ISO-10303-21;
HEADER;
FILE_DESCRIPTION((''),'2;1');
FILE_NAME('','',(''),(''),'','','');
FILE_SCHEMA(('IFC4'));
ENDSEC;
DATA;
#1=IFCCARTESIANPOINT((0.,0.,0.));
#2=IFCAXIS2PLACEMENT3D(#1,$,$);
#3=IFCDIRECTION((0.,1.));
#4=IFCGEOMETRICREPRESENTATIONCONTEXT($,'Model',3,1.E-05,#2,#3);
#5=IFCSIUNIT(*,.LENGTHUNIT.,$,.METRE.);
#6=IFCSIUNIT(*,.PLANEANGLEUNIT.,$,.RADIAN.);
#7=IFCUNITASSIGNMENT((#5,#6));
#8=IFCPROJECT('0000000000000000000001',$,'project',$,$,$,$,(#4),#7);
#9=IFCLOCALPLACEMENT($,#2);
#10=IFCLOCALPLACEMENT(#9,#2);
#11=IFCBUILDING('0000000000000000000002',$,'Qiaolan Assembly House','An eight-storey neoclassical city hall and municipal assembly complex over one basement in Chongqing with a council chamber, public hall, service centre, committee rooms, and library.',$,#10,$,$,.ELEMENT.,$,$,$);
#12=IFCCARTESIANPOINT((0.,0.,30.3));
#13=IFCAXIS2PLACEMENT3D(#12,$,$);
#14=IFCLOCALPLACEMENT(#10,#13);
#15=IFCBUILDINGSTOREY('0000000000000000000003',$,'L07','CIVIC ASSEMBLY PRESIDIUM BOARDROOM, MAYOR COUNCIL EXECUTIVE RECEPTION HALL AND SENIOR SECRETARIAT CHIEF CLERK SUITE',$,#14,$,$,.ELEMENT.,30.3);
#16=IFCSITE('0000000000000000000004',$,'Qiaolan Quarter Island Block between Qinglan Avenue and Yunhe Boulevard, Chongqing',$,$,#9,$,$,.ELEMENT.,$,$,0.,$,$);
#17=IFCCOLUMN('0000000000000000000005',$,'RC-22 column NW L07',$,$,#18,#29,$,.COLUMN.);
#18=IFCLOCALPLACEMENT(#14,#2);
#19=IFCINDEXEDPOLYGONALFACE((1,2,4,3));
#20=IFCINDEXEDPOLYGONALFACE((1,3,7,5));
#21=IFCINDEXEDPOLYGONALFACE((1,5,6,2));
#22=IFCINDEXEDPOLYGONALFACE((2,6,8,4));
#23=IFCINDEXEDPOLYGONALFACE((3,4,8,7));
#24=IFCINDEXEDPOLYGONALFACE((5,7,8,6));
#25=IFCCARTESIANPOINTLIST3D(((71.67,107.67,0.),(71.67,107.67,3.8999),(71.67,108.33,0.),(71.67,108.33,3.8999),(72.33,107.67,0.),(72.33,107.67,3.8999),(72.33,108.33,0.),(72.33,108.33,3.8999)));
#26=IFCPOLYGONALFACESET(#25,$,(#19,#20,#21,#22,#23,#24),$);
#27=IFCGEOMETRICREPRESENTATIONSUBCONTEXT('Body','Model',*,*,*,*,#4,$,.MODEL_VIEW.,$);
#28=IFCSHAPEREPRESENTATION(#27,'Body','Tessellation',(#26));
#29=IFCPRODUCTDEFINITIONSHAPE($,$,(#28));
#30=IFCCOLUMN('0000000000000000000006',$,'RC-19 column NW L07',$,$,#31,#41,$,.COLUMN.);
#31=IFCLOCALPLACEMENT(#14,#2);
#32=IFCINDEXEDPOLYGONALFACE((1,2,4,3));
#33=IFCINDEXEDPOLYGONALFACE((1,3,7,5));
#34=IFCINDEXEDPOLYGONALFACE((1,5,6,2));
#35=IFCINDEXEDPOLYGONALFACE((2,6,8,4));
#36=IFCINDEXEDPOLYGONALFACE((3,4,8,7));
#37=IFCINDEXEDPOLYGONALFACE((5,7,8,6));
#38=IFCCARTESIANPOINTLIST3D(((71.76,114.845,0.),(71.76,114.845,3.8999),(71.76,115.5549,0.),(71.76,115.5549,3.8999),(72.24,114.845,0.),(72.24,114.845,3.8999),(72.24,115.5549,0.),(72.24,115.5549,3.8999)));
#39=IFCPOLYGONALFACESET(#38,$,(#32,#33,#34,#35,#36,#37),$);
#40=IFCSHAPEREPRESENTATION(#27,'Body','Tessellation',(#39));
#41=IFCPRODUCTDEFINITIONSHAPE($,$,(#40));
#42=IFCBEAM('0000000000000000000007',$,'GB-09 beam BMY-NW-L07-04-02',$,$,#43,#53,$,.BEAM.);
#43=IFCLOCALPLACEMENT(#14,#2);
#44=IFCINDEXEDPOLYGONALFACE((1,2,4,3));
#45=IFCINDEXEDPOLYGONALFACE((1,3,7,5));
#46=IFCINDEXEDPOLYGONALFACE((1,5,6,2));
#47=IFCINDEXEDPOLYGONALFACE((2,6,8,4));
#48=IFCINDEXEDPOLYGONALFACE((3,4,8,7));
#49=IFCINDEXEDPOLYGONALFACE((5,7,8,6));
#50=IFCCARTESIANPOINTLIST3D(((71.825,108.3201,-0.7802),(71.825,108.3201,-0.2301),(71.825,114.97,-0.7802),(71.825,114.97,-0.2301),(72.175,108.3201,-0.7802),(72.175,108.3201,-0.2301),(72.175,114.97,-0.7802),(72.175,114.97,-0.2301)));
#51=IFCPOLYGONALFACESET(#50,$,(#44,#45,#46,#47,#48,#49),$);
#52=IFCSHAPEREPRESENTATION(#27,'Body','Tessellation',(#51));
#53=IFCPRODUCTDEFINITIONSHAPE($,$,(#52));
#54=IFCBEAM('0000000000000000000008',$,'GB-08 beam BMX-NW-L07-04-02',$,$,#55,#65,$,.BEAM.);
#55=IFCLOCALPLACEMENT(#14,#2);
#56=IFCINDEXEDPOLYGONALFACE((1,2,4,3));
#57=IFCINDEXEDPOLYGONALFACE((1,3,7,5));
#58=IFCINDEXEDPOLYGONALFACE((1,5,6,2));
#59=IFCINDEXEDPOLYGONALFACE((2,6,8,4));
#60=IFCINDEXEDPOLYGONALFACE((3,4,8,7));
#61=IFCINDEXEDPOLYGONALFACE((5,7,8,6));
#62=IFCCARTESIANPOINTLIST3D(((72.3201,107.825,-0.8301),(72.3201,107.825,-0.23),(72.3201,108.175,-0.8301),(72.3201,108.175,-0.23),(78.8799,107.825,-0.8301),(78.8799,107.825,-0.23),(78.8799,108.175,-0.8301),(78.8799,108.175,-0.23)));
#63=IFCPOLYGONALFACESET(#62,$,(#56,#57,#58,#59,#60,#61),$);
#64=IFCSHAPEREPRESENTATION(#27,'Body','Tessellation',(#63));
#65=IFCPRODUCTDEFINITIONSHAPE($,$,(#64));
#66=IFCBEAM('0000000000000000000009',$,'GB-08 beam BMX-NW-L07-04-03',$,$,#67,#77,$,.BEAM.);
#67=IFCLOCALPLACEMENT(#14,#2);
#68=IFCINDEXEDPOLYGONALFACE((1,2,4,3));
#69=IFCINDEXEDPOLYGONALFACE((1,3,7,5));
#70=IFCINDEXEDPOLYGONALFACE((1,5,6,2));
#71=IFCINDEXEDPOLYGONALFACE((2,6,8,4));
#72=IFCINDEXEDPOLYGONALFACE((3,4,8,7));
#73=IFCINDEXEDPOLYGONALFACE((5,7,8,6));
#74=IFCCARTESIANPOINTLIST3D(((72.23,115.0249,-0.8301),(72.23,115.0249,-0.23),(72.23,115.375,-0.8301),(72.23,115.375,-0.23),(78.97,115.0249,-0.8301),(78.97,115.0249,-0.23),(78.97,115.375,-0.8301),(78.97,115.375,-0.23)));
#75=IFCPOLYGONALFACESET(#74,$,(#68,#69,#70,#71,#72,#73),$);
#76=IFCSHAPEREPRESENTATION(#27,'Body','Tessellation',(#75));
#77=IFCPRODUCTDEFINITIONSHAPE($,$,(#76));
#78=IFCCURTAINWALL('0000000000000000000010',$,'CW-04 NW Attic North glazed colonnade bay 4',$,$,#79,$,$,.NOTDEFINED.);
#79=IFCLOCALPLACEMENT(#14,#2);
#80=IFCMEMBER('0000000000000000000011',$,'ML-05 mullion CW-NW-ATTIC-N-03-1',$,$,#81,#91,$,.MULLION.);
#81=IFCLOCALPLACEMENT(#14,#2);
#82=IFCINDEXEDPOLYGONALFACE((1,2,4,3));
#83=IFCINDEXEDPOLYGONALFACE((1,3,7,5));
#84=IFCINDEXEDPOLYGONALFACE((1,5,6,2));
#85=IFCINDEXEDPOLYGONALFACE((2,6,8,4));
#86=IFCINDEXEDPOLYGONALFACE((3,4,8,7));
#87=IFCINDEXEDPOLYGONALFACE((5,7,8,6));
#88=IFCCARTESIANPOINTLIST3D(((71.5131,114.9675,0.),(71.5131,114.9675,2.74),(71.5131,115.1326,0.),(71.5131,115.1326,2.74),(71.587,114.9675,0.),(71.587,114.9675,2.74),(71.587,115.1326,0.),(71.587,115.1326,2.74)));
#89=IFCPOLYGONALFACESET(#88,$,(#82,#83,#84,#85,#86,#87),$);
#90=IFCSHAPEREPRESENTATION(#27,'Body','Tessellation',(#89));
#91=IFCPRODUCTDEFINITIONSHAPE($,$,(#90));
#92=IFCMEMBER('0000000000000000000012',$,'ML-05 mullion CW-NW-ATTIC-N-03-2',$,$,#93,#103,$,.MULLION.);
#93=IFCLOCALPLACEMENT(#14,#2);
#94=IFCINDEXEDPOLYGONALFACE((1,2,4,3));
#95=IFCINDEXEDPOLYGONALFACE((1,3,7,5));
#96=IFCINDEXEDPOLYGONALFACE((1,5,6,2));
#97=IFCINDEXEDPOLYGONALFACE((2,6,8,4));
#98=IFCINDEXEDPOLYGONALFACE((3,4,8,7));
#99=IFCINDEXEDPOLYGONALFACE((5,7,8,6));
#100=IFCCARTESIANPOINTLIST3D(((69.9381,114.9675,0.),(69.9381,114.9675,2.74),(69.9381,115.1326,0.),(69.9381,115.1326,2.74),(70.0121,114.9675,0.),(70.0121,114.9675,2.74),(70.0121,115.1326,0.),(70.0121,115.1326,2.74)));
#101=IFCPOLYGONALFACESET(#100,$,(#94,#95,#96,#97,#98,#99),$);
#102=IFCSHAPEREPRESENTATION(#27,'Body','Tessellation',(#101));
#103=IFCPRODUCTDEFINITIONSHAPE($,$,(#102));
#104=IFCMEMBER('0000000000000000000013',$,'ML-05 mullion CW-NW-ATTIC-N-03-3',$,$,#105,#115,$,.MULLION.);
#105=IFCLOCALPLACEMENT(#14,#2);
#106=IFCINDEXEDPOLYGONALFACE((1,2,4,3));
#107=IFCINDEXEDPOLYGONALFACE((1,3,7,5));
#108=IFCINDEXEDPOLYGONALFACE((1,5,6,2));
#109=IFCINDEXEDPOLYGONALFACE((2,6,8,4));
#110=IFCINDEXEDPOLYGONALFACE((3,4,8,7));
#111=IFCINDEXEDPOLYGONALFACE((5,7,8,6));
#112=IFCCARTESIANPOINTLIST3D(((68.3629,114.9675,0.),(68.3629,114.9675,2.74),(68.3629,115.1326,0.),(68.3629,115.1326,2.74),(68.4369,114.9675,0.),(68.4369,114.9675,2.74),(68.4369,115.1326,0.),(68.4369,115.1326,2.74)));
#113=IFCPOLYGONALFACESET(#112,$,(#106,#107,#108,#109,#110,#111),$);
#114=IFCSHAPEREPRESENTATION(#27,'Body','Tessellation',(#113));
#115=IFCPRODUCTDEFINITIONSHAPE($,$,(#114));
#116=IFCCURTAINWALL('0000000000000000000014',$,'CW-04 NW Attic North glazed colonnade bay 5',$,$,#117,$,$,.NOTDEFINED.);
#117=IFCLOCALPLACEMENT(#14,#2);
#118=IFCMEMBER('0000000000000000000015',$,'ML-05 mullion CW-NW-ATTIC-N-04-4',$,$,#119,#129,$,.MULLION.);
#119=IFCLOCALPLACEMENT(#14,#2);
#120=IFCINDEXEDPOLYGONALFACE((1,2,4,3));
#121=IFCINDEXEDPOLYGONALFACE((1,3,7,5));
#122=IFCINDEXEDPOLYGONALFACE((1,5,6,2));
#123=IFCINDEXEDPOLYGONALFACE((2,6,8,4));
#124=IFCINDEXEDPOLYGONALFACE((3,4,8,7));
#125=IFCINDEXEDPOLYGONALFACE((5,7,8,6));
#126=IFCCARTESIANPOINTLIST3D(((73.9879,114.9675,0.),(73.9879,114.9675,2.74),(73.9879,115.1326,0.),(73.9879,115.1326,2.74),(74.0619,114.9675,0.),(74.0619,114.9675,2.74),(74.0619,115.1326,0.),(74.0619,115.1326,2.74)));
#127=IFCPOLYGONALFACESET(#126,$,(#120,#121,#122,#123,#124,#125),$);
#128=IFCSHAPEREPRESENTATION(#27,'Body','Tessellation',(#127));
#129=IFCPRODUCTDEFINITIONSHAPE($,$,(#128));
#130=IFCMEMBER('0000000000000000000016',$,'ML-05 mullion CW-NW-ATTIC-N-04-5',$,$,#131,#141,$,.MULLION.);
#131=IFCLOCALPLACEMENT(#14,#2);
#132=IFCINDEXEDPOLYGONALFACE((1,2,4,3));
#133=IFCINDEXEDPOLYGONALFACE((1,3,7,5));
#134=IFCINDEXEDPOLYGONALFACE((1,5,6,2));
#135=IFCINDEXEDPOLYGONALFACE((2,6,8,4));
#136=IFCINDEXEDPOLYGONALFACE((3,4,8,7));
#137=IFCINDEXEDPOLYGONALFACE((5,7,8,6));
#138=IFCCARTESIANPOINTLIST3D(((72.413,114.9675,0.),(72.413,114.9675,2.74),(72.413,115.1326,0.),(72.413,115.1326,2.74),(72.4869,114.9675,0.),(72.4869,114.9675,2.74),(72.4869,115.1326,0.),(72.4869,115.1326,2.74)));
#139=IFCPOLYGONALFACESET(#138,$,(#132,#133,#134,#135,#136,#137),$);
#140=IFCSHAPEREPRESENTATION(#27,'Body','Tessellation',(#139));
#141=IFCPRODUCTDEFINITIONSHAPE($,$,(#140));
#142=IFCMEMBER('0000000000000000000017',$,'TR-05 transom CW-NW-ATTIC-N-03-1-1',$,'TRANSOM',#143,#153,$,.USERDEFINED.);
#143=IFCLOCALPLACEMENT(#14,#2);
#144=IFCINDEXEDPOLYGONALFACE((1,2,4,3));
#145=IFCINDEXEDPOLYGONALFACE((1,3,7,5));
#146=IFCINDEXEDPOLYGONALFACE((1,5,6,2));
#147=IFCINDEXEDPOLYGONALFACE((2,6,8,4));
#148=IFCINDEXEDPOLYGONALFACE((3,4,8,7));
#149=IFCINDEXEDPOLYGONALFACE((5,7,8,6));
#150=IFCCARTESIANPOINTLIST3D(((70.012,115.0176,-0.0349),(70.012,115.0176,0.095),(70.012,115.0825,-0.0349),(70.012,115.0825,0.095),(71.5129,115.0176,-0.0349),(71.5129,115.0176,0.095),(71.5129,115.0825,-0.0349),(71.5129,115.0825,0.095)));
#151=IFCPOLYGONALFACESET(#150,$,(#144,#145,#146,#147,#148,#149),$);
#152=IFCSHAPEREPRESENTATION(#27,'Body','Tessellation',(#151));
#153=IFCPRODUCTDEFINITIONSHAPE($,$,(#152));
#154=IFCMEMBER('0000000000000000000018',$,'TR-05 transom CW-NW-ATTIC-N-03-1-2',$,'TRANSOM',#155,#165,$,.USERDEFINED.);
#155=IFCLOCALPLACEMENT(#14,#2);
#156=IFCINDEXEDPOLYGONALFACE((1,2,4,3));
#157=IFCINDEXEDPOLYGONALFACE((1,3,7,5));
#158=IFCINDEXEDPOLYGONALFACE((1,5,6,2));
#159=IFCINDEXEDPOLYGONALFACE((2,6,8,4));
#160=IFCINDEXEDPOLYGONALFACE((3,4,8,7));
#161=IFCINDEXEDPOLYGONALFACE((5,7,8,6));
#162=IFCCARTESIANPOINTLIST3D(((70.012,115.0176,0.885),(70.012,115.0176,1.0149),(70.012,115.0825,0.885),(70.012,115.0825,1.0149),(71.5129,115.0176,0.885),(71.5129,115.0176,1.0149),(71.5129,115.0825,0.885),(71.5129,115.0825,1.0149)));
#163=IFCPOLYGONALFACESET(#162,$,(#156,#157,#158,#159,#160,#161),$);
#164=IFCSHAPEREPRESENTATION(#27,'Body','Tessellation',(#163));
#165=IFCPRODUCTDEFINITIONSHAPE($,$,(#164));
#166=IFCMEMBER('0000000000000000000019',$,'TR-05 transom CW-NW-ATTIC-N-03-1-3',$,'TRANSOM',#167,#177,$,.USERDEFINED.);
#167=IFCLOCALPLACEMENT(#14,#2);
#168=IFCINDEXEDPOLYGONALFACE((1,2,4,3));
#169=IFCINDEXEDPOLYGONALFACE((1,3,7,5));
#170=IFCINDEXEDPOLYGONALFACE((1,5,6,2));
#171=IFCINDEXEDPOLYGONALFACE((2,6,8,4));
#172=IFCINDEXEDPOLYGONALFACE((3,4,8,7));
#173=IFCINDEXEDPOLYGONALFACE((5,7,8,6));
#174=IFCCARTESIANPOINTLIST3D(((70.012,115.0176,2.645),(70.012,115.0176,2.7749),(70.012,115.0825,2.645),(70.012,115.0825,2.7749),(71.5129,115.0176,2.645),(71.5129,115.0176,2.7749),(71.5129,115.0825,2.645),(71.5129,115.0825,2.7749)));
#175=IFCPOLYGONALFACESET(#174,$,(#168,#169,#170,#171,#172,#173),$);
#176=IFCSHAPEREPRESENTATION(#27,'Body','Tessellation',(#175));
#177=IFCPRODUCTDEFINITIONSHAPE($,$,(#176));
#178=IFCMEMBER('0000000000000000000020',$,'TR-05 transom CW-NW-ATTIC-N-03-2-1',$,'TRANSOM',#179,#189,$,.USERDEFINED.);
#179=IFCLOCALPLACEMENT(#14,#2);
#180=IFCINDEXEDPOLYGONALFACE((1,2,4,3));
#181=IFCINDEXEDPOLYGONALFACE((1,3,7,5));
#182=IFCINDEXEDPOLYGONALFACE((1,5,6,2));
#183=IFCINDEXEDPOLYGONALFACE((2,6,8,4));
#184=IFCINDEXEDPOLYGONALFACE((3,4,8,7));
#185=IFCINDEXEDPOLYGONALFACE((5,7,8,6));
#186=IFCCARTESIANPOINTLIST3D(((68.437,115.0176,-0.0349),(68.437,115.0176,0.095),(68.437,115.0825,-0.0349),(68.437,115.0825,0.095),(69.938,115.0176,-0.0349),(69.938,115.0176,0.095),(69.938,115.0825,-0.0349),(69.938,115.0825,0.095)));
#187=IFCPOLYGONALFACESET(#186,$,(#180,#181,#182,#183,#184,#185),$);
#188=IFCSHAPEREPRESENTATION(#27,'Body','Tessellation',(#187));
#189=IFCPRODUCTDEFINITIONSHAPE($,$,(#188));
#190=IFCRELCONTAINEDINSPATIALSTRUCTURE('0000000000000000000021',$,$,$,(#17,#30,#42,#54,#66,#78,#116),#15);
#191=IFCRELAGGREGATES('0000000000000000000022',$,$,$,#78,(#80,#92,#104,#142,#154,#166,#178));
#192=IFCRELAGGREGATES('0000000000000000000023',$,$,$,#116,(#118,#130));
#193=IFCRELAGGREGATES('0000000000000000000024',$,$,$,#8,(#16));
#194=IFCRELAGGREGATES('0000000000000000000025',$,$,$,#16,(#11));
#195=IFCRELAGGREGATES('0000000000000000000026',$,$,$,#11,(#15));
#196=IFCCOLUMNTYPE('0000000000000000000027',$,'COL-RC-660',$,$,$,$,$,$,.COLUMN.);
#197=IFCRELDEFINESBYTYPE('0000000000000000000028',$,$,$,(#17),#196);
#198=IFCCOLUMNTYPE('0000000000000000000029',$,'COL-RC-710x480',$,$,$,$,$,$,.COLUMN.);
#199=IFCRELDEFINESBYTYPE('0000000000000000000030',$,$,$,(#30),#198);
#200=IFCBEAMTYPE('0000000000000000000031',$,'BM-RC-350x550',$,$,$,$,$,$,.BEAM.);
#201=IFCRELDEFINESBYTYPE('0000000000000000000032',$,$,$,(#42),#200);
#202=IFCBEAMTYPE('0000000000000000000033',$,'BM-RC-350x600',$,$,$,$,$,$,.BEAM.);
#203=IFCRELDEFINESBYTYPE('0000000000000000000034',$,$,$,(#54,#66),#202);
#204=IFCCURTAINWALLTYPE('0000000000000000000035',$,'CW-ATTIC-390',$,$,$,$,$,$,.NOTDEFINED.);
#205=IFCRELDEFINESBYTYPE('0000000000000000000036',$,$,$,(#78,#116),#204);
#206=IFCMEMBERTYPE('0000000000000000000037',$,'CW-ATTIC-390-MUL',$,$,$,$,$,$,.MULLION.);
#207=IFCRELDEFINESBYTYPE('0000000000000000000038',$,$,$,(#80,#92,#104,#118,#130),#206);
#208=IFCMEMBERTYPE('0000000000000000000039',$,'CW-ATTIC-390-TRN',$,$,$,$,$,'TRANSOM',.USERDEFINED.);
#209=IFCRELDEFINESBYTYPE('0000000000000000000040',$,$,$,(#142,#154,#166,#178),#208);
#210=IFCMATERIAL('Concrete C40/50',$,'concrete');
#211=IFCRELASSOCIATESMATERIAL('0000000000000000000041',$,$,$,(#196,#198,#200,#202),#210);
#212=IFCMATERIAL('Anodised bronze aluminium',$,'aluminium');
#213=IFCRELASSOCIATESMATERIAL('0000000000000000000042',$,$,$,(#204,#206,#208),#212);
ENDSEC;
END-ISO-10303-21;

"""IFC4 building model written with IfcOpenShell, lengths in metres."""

from ifc_helpers import new_model, si_unit, direction, frame, origin, origin_2d, place, context, subcontext, project, spatial, rectangle, extrude, material, material_profile, profile_set, type_object, element, aggregate, save


model = new_model("IFC4")

# Units and contexts
model_context = context("Model", 3, precision=1e-05, world=origin(), true_north=direction((0.0, 1.0)))
body_context = subcontext(model_context, "Body", "Model", "MODEL_VIEW")
ifc_project = project(units=[si_unit("LENGTHUNIT", "METRE"), si_unit("PLANEANGLEUNIT", "RADIAN")], contexts=[model_context])

# Site, building, storey
site_placement = place(None, origin())
site = spatial("IfcSite", under=ifc_project, at=site_placement, Name="Qiaolan Quarter Island Block between Qinglan Avenue and Yunhe Boulevard, Chongqing", CompositionType="ELEMENT", RefElevation=0.0)
building_placement = place(site_placement, origin())
building = spatial("IfcBuilding", under=site, at=building_placement, Name="Qiaolan Assembly House", Description="An eight-storey neoclassical city hall and municipal assembly complex over one basement in Chongqing with a council chamber, public hall, service centre, committee rooms, and library.", CompositionType="ELEMENT")
storey_placement = place(building_placement, frame((0.0, 0.0, 30.3)))
storey = spatial("IfcBuildingStorey", under=building, at=storey_placement, Name="L07", Description="CIVIC ASSEMBLY PRESIDIUM BOARDROOM, MAYOR COUNCIL EXECUTIVE RECEPTION HALL AND SENIOR SECRETARIAT CHIEF CLERK SUITE", CompositionType="ELEMENT", Elevation=30.3)

# Columns
ifc_material_1 = material(Name="Concrete C40/50", Category="concrete")
ifc_material_profile_1 = material_profile(ifc_material_1, rectangle(XDim=0.6599, YDim=0.6599, at=origin_2d()), Name="RC 660x660")
ifc_profile_set_1 = profile_set([ifc_material_profile_1], Name="Concrete C40/50")
column_type_1 = type_object("IfcColumnType", Name="COL-RC-660", PredefinedType="COLUMN", material=ifc_profile_set_1)
column_1_placement = place(storey_placement, frame((72.0, 108.0, 0.0), z_axis=(0.0, 0.0, 1.0), x_axis=(1.0, 0.0, 0.0)))
element("IfcColumn", 1, at=column_1_placement, inside=storey, type_object=column_type_1, Name="RC-22 column NW L07", PredefinedType="COLUMN", context=body_context, shape_type="SweptSolid", body=[
    extrude(rectangle(XDim=0.6599, YDim=0.6599, at=origin_2d()), origin(), (0.0, 0.0, 1.0), 3.8999),
])
ifc_material_profile_2 = material_profile(ifc_material_1, rectangle(XDim=0.48, YDim=0.71, at=origin_2d()), Name="RC 710x480")
ifc_profile_set_2 = profile_set([ifc_material_profile_2], Name="Concrete C40/50")
column_type_2 = type_object("IfcColumnType", Name="COL-RC-710x480", PredefinedType="COLUMN", material=ifc_profile_set_2)
column_2_placement = place(storey_placement, frame((72.0, 115.2, 0.0), z_axis=(0.0, 0.0, 1.0), x_axis=(1.0, 0.0, 0.0)))
element("IfcColumn", 2, at=column_2_placement, inside=storey, type_object=column_type_2, Name="RC-19 column NW L07", PredefinedType="COLUMN", context=body_context, shape_type="SweptSolid", body=[
    extrude(rectangle(XDim=0.48, YDim=0.71, at=origin_2d()), origin(), (0.0, 0.0, 1.0), 3.8999),
])

# Beams
ifc_material_profile_3 = material_profile(ifc_material_1, rectangle(XDim=0.3501, YDim=0.55, at=origin_2d()), Name="RCB 350x550")
ifc_profile_set_3 = profile_set([ifc_material_profile_3], Name="Concrete C40/50")
beam_type_1 = type_object("IfcBeamType", Name="BM-RC-350x550", PredefinedType="BEAM", material=ifc_profile_set_3)
beam_1_placement = place(storey_placement, frame((72.0, 108.3201, -0.5051), z_axis=(0.0, 1.0, 0.0), x_axis=(-1.0, 0.0, 0.0)))
element("IfcBeam", 3, at=beam_1_placement, inside=storey, type_object=beam_type_1, Name="GB-09 beam BMY-NW-L07-04-02", PredefinedType="BEAM", context=body_context, shape_type="SweptSolid", body=[
    extrude(rectangle(XDim=0.3501, YDim=0.55, at=origin_2d()), origin(), (0.0, 0.0, 1.0), 6.6499),
])
ifc_material_profile_4 = material_profile(ifc_material_1, rectangle(XDim=0.3501, YDim=0.6001, at=origin_2d()), Name="RCB 350x600")
ifc_profile_set_4 = profile_set([ifc_material_profile_4], Name="Concrete C40/50")
beam_type_2 = type_object("IfcBeamType", Name="BM-RC-350x600", PredefinedType="BEAM", material=ifc_profile_set_4)
beam_2_placement = place(storey_placement, frame((72.3201, 108.0, -0.53), z_axis=(1.0, 0.0, 0.0), x_axis=(0.0, 1.0, 0.0)))
element("IfcBeam", 4, at=beam_2_placement, inside=storey, type_object=beam_type_2, Name="GB-08 beam BMX-NW-L07-04-02", PredefinedType="BEAM", context=body_context, shape_type="SweptSolid", body=[
    extrude(rectangle(XDim=0.3501, YDim=0.6001, at=origin_2d()), origin(), (0.0, 0.0, 1.0), 6.5598),
])
beam_3_placement = place(storey_placement, frame((72.23, 115.2, -0.53), z_axis=(1.0, 0.0, 0.0), x_axis=(0.0, 1.0, 0.0)))
element("IfcBeam", 5, at=beam_3_placement, inside=storey, type_object=beam_type_2, Name="GB-08 beam BMX-NW-L07-04-03", PredefinedType="BEAM", context=body_context, shape_type="SweptSolid", body=[
    extrude(rectangle(XDim=0.3501, YDim=0.6001, at=origin_2d()), origin(), (0.0, 0.0, 1.0), 6.74),
])

# Curtain walls, members
ifc_material_2 = material(Name="Anodised bronze aluminium", Category="aluminium")
curtain_wall_type = type_object("IfcCurtainWallType", Name="CW-ATTIC-390", PredefinedType="NOTDEFINED", material=ifc_material_2)
curtain_wall_1_placement = place(storey_placement, origin())
curtain_wall_1 = element("IfcCurtainWall", 6, at=curtain_wall_1_placement, inside=storey, type_object=curtain_wall_type, Name="CW-04 NW Attic North glazed colonnade bay 4", PredefinedType="NOTDEFINED")
ifc_material_profile_5 = material_profile(ifc_material_2, rectangle(XDim=0.074, YDim=0.165, at=origin_2d()), Name="MUL 74x165")
ifc_profile_set_5 = profile_set([ifc_material_profile_5], Name="Anodised bronze aluminium")
member_type_1 = type_object("IfcMemberType", Name="CW-ATTIC-390-MUL", PredefinedType="MULLION", material=ifc_profile_set_5)
member_1_placement = place(storey_placement, frame((71.55, 115.05, 0.0), z_axis=(0.0, 0.0, 1.0), x_axis=(-1.0, 0.0, 0.0)))
member_1 = element("IfcMember", 7, at=member_1_placement, type_object=member_type_1, Name="ML-05 mullion CW-NW-ATTIC-N-03-1", PredefinedType="MULLION", context=body_context, shape_type="SweptSolid", body=[
    extrude(rectangle(XDim=0.074, YDim=0.165, at=origin_2d()), origin(), (0.0, 0.0, 1.0), 2.74),
])
member_2_placement = place(storey_placement, frame((69.9751, 115.05, 0.0), z_axis=(0.0, 0.0, 1.0), x_axis=(-1.0, 0.0, 0.0)))
member_2 = element("IfcMember", 8, at=member_2_placement, type_object=member_type_1, Name="ML-05 mullion CW-NW-ATTIC-N-03-2", PredefinedType="MULLION", context=body_context, shape_type="SweptSolid", body=[
    extrude(rectangle(XDim=0.074, YDim=0.165, at=origin_2d()), origin(), (0.0, 0.0, 1.0), 2.74),
])
member_3_placement = place(storey_placement, frame((68.3999, 115.05, 0.0), z_axis=(0.0, 0.0, 1.0), x_axis=(-1.0, 0.0, 0.0)))
member_3 = element("IfcMember", 9, at=member_3_placement, type_object=member_type_1, Name="ML-05 mullion CW-NW-ATTIC-N-03-3", PredefinedType="MULLION", context=body_context, shape_type="SweptSolid", body=[
    extrude(rectangle(XDim=0.074, YDim=0.165, at=origin_2d()), origin(), (0.0, 0.0, 1.0), 2.74),
])
curtain_wall_2_placement = place(storey_placement, origin())
curtain_wall_2 = element("IfcCurtainWall", 10, at=curtain_wall_2_placement, inside=storey, type_object=curtain_wall_type, Name="CW-04 NW Attic North glazed colonnade bay 5", PredefinedType="NOTDEFINED")
member_4_placement = place(storey_placement, frame((74.0249, 115.05, 0.0), z_axis=(0.0, 0.0, 1.0), x_axis=(-1.0, 0.0, 0.0)))
member_4 = element("IfcMember", 11, at=member_4_placement, type_object=member_type_1, Name="ML-05 mullion CW-NW-ATTIC-N-04-4", PredefinedType="MULLION", context=body_context, shape_type="SweptSolid", body=[
    extrude(rectangle(XDim=0.074, YDim=0.165, at=origin_2d()), origin(), (0.0, 0.0, 1.0), 2.74),
])
member_5_placement = place(storey_placement, frame((72.45, 115.05, 0.0), z_axis=(0.0, 0.0, 1.0), x_axis=(-1.0, 0.0, 0.0)))
member_5 = element("IfcMember", 12, at=member_5_placement, type_object=member_type_1, Name="ML-05 mullion CW-NW-ATTIC-N-04-5", PredefinedType="MULLION", context=body_context, shape_type="SweptSolid", body=[
    extrude(rectangle(XDim=0.074, YDim=0.165, at=origin_2d()), origin(), (0.0, 0.0, 1.0), 2.74),
])

# Members
ifc_material_profile_6 = material_profile(ifc_material_2, rectangle(XDim=0.0649, YDim=0.1299, at=origin_2d()), Name="TRN 65x130")
ifc_profile_set_6 = profile_set([ifc_material_profile_6], Name="Anodised bronze aluminium")
member_type_2 = type_object("IfcMemberType", Name="CW-ATTIC-390-TRN", ElementType="TRANSOM", PredefinedType="USERDEFINED", material=ifc_profile_set_6)
member_6_placement = place(storey_placement, frame((71.5129, 115.05, 0.03), z_axis=(-1.0, 0.0, 0.0), x_axis=(0.0, -1.0, 0.0)))
member_6 = element("IfcMember", 13, at=member_6_placement, type_object=member_type_2, Name="TR-05 transom CW-NW-ATTIC-N-03-1-1", ObjectType="TRANSOM", PredefinedType="USERDEFINED", context=body_context, shape_type="SweptSolid", body=[
    extrude(rectangle(XDim=0.0649, YDim=0.1299, at=origin_2d()), origin(), (0.0, 0.0, 1.0), 1.501),
])
member_7_placement = place(storey_placement, frame((71.5129, 115.05, 0.95), z_axis=(-1.0, 0.0, 0.0), x_axis=(0.0, -1.0, 0.0)))
member_7 = element("IfcMember", 14, at=member_7_placement, type_object=member_type_2, Name="TR-05 transom CW-NW-ATTIC-N-03-1-2", ObjectType="TRANSOM", PredefinedType="USERDEFINED", context=body_context, shape_type="SweptSolid", body=[
    extrude(rectangle(XDim=0.0649, YDim=0.1299, at=origin_2d()), origin(), (0.0, 0.0, 1.0), 1.501),
])
member_8_placement = place(storey_placement, frame((71.5129, 115.05, 2.71), z_axis=(-1.0, 0.0, 0.0), x_axis=(0.0, -1.0, 0.0)))
member_8 = element("IfcMember", 15, at=member_8_placement, type_object=member_type_2, Name="TR-05 transom CW-NW-ATTIC-N-03-1-3", ObjectType="TRANSOM", PredefinedType="USERDEFINED", context=body_context, shape_type="SweptSolid", body=[
    extrude(rectangle(XDim=0.0649, YDim=0.1299, at=origin_2d()), origin(), (0.0, 0.0, 1.0), 1.501),
])
member_9_placement = place(storey_placement, frame((69.938, 115.05, 0.03), z_axis=(-1.0, 0.0, 0.0), x_axis=(0.0, -1.0, 0.0)))
member_9 = element("IfcMember", 16, at=member_9_placement, type_object=member_type_2, Name="TR-05 transom CW-NW-ATTIC-N-03-2-1", ObjectType="TRANSOM", PredefinedType="USERDEFINED", context=body_context, shape_type="SweptSolid", body=[
    extrude(rectangle(XDim=0.0649, YDim=0.1299, at=origin_2d()), origin(), (0.0, 0.0, 1.0), 1.501),
])

aggregate(curtain_wall_1, [member_1, member_2, member_3, member_6, member_7, member_8, member_9])
aggregate(curtain_wall_2, [member_4, member_5])

save(model, "model.ifc")
